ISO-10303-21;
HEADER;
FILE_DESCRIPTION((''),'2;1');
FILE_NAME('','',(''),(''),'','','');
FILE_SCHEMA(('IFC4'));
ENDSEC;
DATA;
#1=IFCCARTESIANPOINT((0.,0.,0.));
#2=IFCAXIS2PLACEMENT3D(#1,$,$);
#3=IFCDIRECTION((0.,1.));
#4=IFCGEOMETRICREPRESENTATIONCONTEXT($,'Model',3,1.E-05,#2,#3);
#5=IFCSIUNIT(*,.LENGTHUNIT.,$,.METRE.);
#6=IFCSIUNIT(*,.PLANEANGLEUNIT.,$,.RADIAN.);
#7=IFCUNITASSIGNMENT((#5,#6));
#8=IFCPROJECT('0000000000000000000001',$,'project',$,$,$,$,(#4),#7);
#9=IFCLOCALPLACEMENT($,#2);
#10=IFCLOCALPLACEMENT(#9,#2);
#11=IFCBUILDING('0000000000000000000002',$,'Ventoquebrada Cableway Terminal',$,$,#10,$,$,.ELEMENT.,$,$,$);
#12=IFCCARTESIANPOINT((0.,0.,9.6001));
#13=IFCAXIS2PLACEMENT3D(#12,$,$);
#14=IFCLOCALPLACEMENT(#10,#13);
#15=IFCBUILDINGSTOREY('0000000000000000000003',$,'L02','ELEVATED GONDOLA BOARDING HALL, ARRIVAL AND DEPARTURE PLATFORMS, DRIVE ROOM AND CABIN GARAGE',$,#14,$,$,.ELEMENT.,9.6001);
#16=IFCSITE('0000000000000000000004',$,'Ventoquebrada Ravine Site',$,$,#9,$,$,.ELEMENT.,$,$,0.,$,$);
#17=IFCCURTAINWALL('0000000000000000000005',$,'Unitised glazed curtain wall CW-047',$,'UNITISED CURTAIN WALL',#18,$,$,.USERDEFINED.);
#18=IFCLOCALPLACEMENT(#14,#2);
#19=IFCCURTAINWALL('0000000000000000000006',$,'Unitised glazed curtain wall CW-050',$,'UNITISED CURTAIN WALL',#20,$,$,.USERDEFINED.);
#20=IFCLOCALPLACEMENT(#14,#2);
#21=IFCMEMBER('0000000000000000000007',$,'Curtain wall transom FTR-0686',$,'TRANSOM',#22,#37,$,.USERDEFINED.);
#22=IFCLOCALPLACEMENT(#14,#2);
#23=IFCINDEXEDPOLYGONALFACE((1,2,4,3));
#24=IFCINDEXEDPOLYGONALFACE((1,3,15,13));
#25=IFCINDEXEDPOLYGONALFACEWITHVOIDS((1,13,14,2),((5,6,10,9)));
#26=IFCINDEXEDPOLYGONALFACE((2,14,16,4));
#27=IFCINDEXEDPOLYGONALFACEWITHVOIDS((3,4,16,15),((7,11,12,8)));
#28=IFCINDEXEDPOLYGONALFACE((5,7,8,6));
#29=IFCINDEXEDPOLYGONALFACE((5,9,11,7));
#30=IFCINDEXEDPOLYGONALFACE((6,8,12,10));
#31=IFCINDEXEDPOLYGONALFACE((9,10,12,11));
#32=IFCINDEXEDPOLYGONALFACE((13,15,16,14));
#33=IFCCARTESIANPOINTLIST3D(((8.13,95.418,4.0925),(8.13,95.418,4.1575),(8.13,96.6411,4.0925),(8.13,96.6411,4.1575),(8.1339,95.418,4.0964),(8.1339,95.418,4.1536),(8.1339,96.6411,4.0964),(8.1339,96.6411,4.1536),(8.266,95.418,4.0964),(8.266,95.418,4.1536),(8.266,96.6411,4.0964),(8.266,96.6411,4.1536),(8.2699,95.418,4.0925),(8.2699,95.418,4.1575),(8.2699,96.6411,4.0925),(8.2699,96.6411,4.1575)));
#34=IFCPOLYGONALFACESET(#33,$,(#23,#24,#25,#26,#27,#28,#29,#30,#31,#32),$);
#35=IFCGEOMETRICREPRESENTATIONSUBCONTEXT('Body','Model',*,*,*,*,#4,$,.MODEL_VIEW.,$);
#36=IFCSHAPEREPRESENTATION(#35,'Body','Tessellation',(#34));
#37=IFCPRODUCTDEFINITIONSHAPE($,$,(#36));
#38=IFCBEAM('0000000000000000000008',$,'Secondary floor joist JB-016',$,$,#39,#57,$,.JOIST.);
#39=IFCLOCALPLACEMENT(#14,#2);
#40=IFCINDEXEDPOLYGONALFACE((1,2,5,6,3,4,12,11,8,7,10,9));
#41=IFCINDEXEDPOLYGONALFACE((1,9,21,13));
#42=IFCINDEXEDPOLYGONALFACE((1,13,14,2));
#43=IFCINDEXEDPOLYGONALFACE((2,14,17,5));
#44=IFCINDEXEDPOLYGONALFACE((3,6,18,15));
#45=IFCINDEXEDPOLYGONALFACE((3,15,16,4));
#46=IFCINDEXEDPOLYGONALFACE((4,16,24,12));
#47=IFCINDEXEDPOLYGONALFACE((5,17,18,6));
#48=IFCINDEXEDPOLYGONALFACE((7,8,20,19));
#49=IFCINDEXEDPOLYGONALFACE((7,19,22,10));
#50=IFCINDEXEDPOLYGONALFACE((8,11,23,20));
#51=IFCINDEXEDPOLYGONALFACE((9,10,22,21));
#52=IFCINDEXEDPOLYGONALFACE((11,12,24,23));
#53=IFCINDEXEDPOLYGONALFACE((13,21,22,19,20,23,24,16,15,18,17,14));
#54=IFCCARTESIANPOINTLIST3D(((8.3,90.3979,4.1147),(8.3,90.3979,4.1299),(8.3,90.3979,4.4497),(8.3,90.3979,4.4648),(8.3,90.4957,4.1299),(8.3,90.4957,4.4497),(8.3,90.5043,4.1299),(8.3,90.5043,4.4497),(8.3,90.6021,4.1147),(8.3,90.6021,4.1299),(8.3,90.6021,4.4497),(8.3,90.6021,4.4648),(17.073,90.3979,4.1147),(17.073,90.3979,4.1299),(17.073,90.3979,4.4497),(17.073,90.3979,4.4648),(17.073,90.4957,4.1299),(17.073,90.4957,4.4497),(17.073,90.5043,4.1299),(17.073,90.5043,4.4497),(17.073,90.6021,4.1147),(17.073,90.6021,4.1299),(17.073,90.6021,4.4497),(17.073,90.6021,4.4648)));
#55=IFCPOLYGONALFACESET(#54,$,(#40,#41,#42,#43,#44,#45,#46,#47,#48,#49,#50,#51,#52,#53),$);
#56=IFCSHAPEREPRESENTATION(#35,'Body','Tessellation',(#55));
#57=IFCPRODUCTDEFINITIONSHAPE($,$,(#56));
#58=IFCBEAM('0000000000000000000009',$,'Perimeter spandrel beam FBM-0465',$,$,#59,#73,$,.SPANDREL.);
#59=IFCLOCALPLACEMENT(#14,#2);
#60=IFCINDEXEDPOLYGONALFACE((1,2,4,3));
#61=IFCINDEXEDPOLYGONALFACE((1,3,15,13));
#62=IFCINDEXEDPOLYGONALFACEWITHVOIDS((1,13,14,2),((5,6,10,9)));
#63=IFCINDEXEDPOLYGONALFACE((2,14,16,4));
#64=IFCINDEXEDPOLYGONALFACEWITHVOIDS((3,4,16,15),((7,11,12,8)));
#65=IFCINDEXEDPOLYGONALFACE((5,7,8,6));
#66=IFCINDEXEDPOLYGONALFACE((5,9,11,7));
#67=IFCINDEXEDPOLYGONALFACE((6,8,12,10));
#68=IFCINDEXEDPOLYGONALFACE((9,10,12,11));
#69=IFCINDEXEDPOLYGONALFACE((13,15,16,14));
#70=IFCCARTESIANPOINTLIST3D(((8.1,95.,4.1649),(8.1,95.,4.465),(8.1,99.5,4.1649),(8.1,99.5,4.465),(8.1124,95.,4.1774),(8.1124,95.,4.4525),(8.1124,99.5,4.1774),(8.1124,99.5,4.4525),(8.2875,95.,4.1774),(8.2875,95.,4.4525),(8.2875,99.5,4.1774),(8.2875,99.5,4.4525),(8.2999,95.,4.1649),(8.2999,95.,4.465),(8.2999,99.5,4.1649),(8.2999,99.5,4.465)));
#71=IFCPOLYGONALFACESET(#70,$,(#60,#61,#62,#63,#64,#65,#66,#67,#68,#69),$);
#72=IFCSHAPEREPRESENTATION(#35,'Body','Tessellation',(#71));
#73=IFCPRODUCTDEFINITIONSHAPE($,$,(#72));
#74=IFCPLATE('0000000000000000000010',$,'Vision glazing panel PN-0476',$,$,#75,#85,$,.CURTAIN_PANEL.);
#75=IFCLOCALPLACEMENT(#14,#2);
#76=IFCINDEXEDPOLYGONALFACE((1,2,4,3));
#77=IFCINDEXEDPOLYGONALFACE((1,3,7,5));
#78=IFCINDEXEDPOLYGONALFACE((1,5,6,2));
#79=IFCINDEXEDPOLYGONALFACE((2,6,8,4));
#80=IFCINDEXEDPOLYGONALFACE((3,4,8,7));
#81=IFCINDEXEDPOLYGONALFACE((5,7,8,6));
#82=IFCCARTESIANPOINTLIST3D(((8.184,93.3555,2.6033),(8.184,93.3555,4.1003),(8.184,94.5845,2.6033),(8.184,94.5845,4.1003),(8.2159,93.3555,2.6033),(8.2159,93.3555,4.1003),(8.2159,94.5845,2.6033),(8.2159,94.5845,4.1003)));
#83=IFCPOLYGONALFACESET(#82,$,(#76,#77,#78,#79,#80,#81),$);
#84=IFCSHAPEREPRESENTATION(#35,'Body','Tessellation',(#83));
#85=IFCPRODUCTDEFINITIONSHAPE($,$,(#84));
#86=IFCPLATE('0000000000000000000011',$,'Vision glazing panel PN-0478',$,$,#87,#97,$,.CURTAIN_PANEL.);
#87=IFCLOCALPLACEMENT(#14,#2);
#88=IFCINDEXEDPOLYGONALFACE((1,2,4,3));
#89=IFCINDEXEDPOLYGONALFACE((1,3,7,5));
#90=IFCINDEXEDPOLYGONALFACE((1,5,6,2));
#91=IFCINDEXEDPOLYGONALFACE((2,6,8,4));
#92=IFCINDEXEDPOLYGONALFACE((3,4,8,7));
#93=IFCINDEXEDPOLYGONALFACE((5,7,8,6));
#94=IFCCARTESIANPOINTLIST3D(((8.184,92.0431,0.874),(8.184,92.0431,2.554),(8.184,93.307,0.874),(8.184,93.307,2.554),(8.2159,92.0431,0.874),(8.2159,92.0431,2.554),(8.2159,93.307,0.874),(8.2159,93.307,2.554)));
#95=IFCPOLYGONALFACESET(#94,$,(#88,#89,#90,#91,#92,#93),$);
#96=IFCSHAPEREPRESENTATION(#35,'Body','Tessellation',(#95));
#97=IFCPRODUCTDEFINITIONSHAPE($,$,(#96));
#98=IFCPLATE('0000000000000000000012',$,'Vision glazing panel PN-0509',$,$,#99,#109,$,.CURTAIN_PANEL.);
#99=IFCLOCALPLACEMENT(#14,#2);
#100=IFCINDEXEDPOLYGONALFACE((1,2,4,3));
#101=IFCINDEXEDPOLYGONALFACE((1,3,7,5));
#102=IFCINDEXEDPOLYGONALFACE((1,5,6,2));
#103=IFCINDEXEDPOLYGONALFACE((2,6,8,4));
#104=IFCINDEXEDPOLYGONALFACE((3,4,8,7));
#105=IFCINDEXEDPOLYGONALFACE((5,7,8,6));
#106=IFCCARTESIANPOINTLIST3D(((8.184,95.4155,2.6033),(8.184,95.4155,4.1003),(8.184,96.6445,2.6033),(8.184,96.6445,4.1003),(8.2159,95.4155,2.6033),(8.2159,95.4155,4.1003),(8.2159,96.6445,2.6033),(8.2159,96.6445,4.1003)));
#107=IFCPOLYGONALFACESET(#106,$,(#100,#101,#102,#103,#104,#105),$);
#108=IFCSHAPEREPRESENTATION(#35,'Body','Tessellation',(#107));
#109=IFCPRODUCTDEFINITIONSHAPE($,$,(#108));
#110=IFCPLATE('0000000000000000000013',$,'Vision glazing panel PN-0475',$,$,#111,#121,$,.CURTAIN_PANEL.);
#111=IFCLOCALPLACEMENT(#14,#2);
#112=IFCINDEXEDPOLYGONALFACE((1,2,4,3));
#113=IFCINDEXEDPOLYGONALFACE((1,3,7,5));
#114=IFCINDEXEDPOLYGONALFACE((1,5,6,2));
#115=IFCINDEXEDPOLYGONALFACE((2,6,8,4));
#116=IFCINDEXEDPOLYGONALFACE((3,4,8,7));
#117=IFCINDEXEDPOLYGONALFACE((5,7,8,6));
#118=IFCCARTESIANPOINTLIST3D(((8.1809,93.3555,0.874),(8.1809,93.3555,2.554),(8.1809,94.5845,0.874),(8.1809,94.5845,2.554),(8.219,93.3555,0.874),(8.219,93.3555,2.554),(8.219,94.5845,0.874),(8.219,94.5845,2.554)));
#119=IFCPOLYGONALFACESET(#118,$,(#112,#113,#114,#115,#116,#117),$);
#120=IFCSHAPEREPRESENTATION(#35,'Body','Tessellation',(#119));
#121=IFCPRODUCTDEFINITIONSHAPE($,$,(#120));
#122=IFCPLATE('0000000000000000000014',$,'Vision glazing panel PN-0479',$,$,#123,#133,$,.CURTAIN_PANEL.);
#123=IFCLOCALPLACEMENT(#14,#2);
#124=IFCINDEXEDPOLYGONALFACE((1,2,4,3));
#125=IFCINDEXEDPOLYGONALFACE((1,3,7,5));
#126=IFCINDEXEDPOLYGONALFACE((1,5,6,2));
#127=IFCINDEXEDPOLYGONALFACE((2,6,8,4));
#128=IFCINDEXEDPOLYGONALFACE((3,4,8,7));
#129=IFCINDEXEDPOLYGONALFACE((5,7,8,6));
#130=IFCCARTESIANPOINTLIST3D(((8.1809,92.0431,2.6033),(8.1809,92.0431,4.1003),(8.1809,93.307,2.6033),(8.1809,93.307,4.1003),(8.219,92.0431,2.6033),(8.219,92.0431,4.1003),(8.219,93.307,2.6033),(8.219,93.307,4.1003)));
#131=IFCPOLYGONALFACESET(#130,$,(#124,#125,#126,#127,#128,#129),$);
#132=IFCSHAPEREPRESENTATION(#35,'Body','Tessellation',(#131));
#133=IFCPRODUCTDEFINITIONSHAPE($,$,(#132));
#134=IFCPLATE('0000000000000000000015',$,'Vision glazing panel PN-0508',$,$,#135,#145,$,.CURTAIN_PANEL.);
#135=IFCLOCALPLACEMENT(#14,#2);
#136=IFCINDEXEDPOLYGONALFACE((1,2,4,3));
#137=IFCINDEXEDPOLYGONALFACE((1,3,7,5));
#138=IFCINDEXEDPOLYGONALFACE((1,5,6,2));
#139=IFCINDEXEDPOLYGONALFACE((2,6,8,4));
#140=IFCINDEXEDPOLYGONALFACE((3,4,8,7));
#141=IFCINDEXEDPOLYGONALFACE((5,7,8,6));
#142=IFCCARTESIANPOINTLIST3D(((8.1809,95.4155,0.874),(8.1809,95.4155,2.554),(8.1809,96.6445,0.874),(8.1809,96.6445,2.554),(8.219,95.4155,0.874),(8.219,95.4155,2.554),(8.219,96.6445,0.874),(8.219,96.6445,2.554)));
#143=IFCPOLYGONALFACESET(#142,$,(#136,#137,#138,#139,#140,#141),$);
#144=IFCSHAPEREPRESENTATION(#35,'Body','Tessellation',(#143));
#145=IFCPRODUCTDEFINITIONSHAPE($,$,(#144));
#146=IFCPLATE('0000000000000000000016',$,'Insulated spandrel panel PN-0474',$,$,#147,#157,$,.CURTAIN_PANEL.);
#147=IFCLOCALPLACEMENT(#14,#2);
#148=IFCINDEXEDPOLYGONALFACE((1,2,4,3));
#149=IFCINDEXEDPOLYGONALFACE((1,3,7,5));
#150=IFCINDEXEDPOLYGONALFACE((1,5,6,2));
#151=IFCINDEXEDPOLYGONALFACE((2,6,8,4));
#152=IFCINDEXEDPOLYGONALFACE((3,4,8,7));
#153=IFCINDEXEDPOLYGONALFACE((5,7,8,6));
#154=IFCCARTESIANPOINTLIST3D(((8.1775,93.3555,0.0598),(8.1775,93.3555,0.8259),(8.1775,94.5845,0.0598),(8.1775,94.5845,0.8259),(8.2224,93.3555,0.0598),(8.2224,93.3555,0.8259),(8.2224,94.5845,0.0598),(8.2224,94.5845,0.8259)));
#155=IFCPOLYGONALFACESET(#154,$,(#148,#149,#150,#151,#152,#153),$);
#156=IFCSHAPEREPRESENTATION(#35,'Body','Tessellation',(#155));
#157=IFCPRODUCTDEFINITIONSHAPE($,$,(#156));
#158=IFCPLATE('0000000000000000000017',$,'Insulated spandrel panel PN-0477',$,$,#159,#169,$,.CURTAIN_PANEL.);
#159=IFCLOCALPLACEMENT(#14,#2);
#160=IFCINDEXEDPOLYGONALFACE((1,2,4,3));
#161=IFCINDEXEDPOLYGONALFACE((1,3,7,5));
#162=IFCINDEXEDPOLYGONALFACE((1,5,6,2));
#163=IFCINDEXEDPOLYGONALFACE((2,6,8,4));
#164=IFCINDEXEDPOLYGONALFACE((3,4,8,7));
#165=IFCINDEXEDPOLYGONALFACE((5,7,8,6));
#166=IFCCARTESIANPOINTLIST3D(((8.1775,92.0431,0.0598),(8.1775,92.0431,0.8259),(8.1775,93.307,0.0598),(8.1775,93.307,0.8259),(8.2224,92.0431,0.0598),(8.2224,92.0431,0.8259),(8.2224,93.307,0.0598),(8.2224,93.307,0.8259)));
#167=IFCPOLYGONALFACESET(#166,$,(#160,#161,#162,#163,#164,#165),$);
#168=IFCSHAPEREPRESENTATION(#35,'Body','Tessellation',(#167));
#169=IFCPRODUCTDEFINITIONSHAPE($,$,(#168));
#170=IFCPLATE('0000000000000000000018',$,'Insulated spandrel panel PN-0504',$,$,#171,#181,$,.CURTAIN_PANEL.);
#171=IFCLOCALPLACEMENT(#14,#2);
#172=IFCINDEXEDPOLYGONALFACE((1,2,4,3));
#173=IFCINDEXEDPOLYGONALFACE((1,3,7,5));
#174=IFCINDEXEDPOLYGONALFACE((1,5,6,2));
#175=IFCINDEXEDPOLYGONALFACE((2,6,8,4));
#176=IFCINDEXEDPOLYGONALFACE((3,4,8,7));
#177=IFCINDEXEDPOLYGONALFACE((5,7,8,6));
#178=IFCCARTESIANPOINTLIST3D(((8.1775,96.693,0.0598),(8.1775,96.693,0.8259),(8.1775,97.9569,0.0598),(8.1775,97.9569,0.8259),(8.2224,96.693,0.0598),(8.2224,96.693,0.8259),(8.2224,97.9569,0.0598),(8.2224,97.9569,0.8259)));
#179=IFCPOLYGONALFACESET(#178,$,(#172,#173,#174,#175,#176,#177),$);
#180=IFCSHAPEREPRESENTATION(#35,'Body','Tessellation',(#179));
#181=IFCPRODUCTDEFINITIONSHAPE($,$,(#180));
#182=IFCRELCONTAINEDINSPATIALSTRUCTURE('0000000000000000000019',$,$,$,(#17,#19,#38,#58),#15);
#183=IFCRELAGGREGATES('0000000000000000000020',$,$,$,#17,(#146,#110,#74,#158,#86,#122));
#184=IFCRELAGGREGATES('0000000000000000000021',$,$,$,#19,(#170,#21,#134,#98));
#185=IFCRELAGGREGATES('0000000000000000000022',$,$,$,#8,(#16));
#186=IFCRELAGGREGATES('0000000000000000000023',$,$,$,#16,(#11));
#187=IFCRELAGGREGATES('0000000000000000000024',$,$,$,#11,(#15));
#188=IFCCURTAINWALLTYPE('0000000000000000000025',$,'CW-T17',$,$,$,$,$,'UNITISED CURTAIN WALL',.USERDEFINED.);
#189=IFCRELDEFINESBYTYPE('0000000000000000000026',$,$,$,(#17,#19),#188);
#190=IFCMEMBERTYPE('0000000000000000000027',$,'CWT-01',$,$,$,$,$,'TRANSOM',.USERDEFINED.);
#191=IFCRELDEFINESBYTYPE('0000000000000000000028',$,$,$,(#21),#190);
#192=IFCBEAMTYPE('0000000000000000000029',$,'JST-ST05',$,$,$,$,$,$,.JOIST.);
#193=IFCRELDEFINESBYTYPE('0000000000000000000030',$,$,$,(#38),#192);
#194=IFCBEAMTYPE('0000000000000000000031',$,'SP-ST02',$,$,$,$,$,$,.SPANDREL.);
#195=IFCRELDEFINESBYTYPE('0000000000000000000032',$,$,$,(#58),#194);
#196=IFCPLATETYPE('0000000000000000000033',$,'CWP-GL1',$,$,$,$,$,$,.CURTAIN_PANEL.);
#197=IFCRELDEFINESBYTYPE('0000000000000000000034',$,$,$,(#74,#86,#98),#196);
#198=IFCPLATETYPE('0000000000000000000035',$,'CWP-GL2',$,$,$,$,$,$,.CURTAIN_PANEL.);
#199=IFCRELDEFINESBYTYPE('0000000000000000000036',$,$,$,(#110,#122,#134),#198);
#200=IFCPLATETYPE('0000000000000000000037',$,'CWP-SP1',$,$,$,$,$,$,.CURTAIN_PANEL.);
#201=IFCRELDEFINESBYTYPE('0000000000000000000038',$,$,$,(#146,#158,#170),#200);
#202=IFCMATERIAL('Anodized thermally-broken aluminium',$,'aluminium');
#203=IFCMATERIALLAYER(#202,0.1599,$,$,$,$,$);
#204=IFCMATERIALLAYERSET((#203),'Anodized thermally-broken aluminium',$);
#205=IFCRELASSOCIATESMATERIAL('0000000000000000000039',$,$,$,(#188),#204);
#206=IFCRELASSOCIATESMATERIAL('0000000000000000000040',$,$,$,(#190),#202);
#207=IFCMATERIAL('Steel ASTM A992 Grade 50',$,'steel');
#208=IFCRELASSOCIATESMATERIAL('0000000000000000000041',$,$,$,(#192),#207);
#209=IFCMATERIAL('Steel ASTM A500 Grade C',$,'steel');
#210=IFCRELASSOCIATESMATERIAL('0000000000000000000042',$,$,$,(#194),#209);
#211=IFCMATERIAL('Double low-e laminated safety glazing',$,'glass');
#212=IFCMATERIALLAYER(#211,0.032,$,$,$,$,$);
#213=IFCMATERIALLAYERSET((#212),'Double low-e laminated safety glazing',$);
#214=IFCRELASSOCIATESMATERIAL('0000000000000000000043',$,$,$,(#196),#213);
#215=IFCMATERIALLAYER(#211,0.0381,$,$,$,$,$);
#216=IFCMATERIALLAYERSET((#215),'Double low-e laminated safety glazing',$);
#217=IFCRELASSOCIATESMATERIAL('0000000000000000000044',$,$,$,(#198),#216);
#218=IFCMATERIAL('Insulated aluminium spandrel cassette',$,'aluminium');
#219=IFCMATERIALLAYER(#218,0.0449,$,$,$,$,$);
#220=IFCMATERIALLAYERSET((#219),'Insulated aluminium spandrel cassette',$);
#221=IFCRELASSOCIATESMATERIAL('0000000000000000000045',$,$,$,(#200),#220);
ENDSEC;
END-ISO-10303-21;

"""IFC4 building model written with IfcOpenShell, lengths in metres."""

from ifc_helpers import new_model, si_unit, direction, frame, origin, origin_2d, place, context, subcontext, project, spatial, rectangle, hollow_rectangle, i_section, extrude, material, layer, layer_set, material_profile, profile_set, type_object, element, aggregate, save


model = new_model("IFC4")

# Units and contexts
model_context = context("Model", 3, precision=1e-05, world=origin(), true_north=direction((0.0, 1.0)))
body_context = subcontext(model_context, "Body", "Model", "MODEL_VIEW")
ifc_project = project(units=[si_unit("LENGTHUNIT", "METRE"), si_unit("PLANEANGLEUNIT", "RADIAN")], contexts=[model_context])

# Site, building, storey
site_placement = place(None, origin())
site = spatial("IfcSite", under=ifc_project, at=site_placement, Name="Ventoquebrada Ravine Site", CompositionType="ELEMENT", RefElevation=0.0)
building_placement = place(site_placement, origin())
building = spatial("IfcBuilding", under=site, at=building_placement, Name="Ventoquebrada Cableway Terminal", CompositionType="ELEMENT")
storey_placement = place(building_placement, frame((0.0, 0.0, 9.6001)))
storey = spatial("IfcBuildingStorey", under=building, at=storey_placement, Name="L02", Description="ELEVATED GONDOLA BOARDING HALL, ARRIVAL AND DEPARTURE PLATFORMS, DRIVE ROOM AND CABIN GARAGE", CompositionType="ELEMENT", Elevation=9.6001)

# Shared definitions
ifc_material_1 = material(Name="Steel ASTM A992 Grade 50", Category="steel")

# Curtain walls
ifc_material_2 = material(Name="Anodized thermally-broken aluminium", Category="aluminium")
ifc_layer_1 = layer(ifc_material_2, 0.1599)
ifc_layer_set_1 = layer_set([ifc_layer_1], Name="Anodized thermally-broken aluminium")
curtain_wall_type = type_object("IfcCurtainWallType", Name="CW-T17", ElementType="UNITISED CURTAIN WALL", PredefinedType="USERDEFINED", material=ifc_layer_set_1)
curtain_wall_1_placement = place(storey_placement, origin())
curtain_wall_1 = element("IfcCurtainWall", 1, at=curtain_wall_1_placement, inside=storey, type_object=curtain_wall_type, Name="Unitised glazed curtain wall CW-047", ObjectType="UNITISED CURTAIN WALL", PredefinedType="USERDEFINED")
curtain_wall_2_placement = place(storey_placement, origin())
curtain_wall_2 = element("IfcCurtainWall", 2, at=curtain_wall_2_placement, inside=storey, type_object=curtain_wall_type, Name="Unitised glazed curtain wall CW-050", ObjectType="UNITISED CURTAIN WALL", PredefinedType="USERDEFINED")

# Member
ifc_material_profile_1 = material_profile(ifc_material_2, hollow_rectangle(XDim=0.0649, YDim=0.1399, WallThickness=0.0039, at=origin_2d()), Name="CW-TRN-65X140")
ifc_profile_set_1 = profile_set([ifc_material_profile_1], Name="Anodized thermally-broken aluminium")
member_type_1 = type_object("IfcMemberType", Name="CWT-01", ElementType="TRANSOM", PredefinedType="USERDEFINED", material=ifc_profile_set_1)
member_1_placement = place(storey_placement, frame((8.2, 96.6411, 4.125), z_axis=(0.0, -1.0, 0.0), x_axis=(0.0, 0.0, 1.0)))
member_1 = element("IfcMember", 3, at=member_1_placement, type_object=member_type_1, Name="Curtain wall transom FTR-0686", ObjectType="TRANSOM", PredefinedType="USERDEFINED", context=body_context, shape_type="SweptSolid", body=[
    extrude(hollow_rectangle(XDim=0.0649, YDim=0.1399, WallThickness=0.0039, at=origin_2d()), origin(), (0.0, 0.0, 1.0), 1.2231),
])

# Beams
ifc_material_profile_2 = material_profile(ifc_material_1, i_section(OverallWidth=0.2041, OverallDepth=0.3501, WebThickness=0.0085, FlangeThickness=0.0151, at=origin_2d()), Name="W14X48")
ifc_profile_set_2 = profile_set([ifc_material_profile_2], Name="Steel ASTM A992 Grade 50")
beam_type_1 = type_object("IfcBeamType", Name="JST-ST05", PredefinedType="JOIST", material=ifc_profile_set_2)
beam_1_placement = place(storey_placement, frame((8.3, 90.5, 4.2898), z_axis=(1.0, 0.0, 0.0), x_axis=(0.0, 1.0, 0.0)))
element("IfcBeam", 4, at=beam_1_placement, inside=storey, type_object=beam_type_1, Name="Secondary floor joist JB-016", PredefinedType="JOIST", context=body_context, shape_type="SweptSolid", body=[
    extrude(i_section(OverallWidth=0.2041, OverallDepth=0.3501, WebThickness=0.0085, FlangeThickness=0.0151, at=origin_2d()), origin(), (0.0, 0.0, 1.0), 8.7729),
])
ifc_material_3 = material(Name="Steel ASTM A500 Grade C", Category="steel")
ifc_material_profile_3 = material_profile(ifc_material_3, hollow_rectangle(XDim=0.2, YDim=0.3, WallThickness=0.0125, at=origin_2d()), Name="RHS300X200X12.5")
ifc_profile_set_3 = profile_set([ifc_material_profile_3], Name="Steel ASTM A500 Grade C")
beam_type_2 = type_object("IfcBeamType", Name="SP-ST02", PredefinedType="SPANDREL", material=ifc_profile_set_3)
beam_2_placement = place(storey_placement, frame((8.2, 95.0, 4.3149), z_axis=(0.0, 1.0, 0.0), x_axis=(-1.0, 0.0, 0.0)))
element("IfcBeam", 5, at=beam_2_placement, inside=storey, type_object=beam_type_2, Name="Perimeter spandrel beam FBM-0465", PredefinedType="SPANDREL", context=body_context, shape_type="SweptSolid", body=[
    extrude(hollow_rectangle(XDim=0.2, YDim=0.3, WallThickness=0.0125, at=origin_2d()), origin(), (0.0, 0.0, 1.0), 4.5),
])

# Plates
ifc_material_4 = material(Name="Double low-e laminated safety glazing", Category="glass")
ifc_layer_2 = layer(ifc_material_4, 0.032)
ifc_layer_set_2 = layer_set([ifc_layer_2], Name="Double low-e laminated safety glazing")
plate_type_1 = type_object("IfcPlateType", Name="CWP-GL1", PredefinedType="CURTAIN_PANEL", material=ifc_layer_set_2)
plate_1_placement = place(storey_placement, frame((8.2, 93.97, 2.6033), z_axis=(0.0, 0.0, 1.0), x_axis=(0.0, -1.0, 0.0)))
plate_1 = element("IfcPlate", 6, at=plate_1_placement, type_object=plate_type_1, Name="Vision glazing panel PN-0476", PredefinedType="CURTAIN_PANEL", context=body_context, shape_type="SweptSolid", body=[
    extrude(rectangle(XDim=1.229, YDim=0.032, at=origin_2d()), origin(), (0.0, 0.0, 1.0), 1.4971),
])
plate_2_placement = place(storey_placement, frame((8.2, 92.675, 0.874), z_axis=(0.0, 0.0, 1.0), x_axis=(0.0, -1.0, 0.0)))
plate_2 = element("IfcPlate", 7, at=plate_2_placement, type_object=plate_type_1, Name="Vision glazing panel PN-0478", PredefinedType="CURTAIN_PANEL", context=body_context, shape_type="SweptSolid", body=[
    extrude(rectangle(XDim=1.2639, YDim=0.032, at=origin_2d()), origin(), (0.0, 0.0, 1.0), 1.6799),
])
plate_3_placement = place(storey_placement, frame((8.2, 96.03, 2.6033), z_axis=(0.0, 0.0, 1.0), x_axis=(0.0, -1.0, 0.0)))
plate_3 = element("IfcPlate", 8, at=plate_3_placement, type_object=plate_type_1, Name="Vision glazing panel PN-0509", PredefinedType="CURTAIN_PANEL", context=body_context, shape_type="SweptSolid", body=[
    extrude(rectangle(XDim=1.229, YDim=0.032, at=origin_2d()), origin(), (0.0, 0.0, 1.0), 1.4971),
])
ifc_layer_3 = layer(ifc_material_4, 0.0381)
ifc_layer_set_3 = layer_set([ifc_layer_3], Name="Double low-e laminated safety glazing")
plate_type_2 = type_object("IfcPlateType", Name="CWP-GL2", PredefinedType="CURTAIN_PANEL", material=ifc_layer_set_3)
plate_4_placement = place(storey_placement, frame((8.2, 93.97, 0.874), z_axis=(0.0, 0.0, 1.0), x_axis=(0.0, -1.0, 0.0)))
plate_4 = element("IfcPlate", 9, at=plate_4_placement, type_object=plate_type_2, Name="Vision glazing panel PN-0475", PredefinedType="CURTAIN_PANEL", context=body_context, shape_type="SweptSolid", body=[
    extrude(rectangle(XDim=1.229, YDim=0.0381, at=origin_2d()), origin(), (0.0, 0.0, 1.0), 1.6799),
])
plate_5_placement = place(storey_placement, frame((8.2, 92.675, 2.6033), z_axis=(0.0, 0.0, 1.0), x_axis=(0.0, -1.0, 0.0)))
plate_5 = element("IfcPlate", 10, at=plate_5_placement, type_object=plate_type_2, Name="Vision glazing panel PN-0479", PredefinedType="CURTAIN_PANEL", context=body_context, shape_type="SweptSolid", body=[
    extrude(rectangle(XDim=1.2639, YDim=0.0381, at=origin_2d()), origin(), (0.0, 0.0, 1.0), 1.4971),
])
plate_6_placement = place(storey_placement, frame((8.2, 96.03, 0.874), z_axis=(0.0, 0.0, 1.0), x_axis=(0.0, -1.0, 0.0)))
plate_6 = element("IfcPlate", 11, at=plate_6_placement, type_object=plate_type_2, Name="Vision glazing panel PN-0508", PredefinedType="CURTAIN_PANEL", context=body_context, shape_type="SweptSolid", body=[
    extrude(rectangle(XDim=1.229, YDim=0.0381, at=origin_2d()), origin(), (0.0, 0.0, 1.0), 1.6799),
])
ifc_material_5 = material(Name="Insulated aluminium spandrel cassette", Category="aluminium")
ifc_layer_4 = layer(ifc_material_5, 0.0449)
ifc_layer_set_4 = layer_set([ifc_layer_4], Name="Insulated aluminium spandrel cassette")
plate_type_3 = type_object("IfcPlateType", Name="CWP-SP1", PredefinedType="CURTAIN_PANEL", material=ifc_layer_set_4)
plate_7_placement = place(storey_placement, frame((8.2, 93.97, 0.0598), z_axis=(0.0, 0.0, 1.0), x_axis=(0.0, -1.0, 0.0)))
plate_7 = element("IfcPlate", 12, at=plate_7_placement, type_object=plate_type_3, Name="Insulated spandrel panel PN-0474", PredefinedType="CURTAIN_PANEL", context=body_context, shape_type="SweptSolid", body=[
    extrude(rectangle(XDim=1.229, YDim=0.0449, at=origin_2d()), origin(), (0.0, 0.0, 1.0), 0.7661),
])
plate_8_placement = place(storey_placement, frame((8.2, 92.675, 0.0598), z_axis=(0.0, 0.0, 1.0), x_axis=(0.0, -1.0, 0.0)))
plate_8 = element("IfcPlate", 13, at=plate_8_placement, type_object=plate_type_3, Name="Insulated spandrel panel PN-0477", PredefinedType="CURTAIN_PANEL", context=body_context, shape_type="SweptSolid", body=[
    extrude(rectangle(XDim=1.2639, YDim=0.0449, at=origin_2d()), origin(), (0.0, 0.0, 1.0), 0.7661),
])
aggregate(curtain_wall_1, [plate_7, plate_4, plate_1, plate_8, plate_2, plate_5])
plate_9_placement = place(storey_placement, frame((8.2, 97.325, 0.0598), z_axis=(0.0, 0.0, 1.0), x_axis=(0.0, -1.0, 0.0)))
plate_9 = element("IfcPlate", 14, at=plate_9_placement, type_object=plate_type_3, Name="Insulated spandrel panel PN-0504", PredefinedType="CURTAIN_PANEL", context=body_context, shape_type="SweptSolid", body=[
    extrude(rectangle(XDim=1.2639, YDim=0.0449, at=origin_2d()), origin(), (0.0, 0.0, 1.0), 0.7661),
])
aggregate(curtain_wall_2, [plate_9, member_1, plate_6, plate_3])

save(model, "model.ifc")
